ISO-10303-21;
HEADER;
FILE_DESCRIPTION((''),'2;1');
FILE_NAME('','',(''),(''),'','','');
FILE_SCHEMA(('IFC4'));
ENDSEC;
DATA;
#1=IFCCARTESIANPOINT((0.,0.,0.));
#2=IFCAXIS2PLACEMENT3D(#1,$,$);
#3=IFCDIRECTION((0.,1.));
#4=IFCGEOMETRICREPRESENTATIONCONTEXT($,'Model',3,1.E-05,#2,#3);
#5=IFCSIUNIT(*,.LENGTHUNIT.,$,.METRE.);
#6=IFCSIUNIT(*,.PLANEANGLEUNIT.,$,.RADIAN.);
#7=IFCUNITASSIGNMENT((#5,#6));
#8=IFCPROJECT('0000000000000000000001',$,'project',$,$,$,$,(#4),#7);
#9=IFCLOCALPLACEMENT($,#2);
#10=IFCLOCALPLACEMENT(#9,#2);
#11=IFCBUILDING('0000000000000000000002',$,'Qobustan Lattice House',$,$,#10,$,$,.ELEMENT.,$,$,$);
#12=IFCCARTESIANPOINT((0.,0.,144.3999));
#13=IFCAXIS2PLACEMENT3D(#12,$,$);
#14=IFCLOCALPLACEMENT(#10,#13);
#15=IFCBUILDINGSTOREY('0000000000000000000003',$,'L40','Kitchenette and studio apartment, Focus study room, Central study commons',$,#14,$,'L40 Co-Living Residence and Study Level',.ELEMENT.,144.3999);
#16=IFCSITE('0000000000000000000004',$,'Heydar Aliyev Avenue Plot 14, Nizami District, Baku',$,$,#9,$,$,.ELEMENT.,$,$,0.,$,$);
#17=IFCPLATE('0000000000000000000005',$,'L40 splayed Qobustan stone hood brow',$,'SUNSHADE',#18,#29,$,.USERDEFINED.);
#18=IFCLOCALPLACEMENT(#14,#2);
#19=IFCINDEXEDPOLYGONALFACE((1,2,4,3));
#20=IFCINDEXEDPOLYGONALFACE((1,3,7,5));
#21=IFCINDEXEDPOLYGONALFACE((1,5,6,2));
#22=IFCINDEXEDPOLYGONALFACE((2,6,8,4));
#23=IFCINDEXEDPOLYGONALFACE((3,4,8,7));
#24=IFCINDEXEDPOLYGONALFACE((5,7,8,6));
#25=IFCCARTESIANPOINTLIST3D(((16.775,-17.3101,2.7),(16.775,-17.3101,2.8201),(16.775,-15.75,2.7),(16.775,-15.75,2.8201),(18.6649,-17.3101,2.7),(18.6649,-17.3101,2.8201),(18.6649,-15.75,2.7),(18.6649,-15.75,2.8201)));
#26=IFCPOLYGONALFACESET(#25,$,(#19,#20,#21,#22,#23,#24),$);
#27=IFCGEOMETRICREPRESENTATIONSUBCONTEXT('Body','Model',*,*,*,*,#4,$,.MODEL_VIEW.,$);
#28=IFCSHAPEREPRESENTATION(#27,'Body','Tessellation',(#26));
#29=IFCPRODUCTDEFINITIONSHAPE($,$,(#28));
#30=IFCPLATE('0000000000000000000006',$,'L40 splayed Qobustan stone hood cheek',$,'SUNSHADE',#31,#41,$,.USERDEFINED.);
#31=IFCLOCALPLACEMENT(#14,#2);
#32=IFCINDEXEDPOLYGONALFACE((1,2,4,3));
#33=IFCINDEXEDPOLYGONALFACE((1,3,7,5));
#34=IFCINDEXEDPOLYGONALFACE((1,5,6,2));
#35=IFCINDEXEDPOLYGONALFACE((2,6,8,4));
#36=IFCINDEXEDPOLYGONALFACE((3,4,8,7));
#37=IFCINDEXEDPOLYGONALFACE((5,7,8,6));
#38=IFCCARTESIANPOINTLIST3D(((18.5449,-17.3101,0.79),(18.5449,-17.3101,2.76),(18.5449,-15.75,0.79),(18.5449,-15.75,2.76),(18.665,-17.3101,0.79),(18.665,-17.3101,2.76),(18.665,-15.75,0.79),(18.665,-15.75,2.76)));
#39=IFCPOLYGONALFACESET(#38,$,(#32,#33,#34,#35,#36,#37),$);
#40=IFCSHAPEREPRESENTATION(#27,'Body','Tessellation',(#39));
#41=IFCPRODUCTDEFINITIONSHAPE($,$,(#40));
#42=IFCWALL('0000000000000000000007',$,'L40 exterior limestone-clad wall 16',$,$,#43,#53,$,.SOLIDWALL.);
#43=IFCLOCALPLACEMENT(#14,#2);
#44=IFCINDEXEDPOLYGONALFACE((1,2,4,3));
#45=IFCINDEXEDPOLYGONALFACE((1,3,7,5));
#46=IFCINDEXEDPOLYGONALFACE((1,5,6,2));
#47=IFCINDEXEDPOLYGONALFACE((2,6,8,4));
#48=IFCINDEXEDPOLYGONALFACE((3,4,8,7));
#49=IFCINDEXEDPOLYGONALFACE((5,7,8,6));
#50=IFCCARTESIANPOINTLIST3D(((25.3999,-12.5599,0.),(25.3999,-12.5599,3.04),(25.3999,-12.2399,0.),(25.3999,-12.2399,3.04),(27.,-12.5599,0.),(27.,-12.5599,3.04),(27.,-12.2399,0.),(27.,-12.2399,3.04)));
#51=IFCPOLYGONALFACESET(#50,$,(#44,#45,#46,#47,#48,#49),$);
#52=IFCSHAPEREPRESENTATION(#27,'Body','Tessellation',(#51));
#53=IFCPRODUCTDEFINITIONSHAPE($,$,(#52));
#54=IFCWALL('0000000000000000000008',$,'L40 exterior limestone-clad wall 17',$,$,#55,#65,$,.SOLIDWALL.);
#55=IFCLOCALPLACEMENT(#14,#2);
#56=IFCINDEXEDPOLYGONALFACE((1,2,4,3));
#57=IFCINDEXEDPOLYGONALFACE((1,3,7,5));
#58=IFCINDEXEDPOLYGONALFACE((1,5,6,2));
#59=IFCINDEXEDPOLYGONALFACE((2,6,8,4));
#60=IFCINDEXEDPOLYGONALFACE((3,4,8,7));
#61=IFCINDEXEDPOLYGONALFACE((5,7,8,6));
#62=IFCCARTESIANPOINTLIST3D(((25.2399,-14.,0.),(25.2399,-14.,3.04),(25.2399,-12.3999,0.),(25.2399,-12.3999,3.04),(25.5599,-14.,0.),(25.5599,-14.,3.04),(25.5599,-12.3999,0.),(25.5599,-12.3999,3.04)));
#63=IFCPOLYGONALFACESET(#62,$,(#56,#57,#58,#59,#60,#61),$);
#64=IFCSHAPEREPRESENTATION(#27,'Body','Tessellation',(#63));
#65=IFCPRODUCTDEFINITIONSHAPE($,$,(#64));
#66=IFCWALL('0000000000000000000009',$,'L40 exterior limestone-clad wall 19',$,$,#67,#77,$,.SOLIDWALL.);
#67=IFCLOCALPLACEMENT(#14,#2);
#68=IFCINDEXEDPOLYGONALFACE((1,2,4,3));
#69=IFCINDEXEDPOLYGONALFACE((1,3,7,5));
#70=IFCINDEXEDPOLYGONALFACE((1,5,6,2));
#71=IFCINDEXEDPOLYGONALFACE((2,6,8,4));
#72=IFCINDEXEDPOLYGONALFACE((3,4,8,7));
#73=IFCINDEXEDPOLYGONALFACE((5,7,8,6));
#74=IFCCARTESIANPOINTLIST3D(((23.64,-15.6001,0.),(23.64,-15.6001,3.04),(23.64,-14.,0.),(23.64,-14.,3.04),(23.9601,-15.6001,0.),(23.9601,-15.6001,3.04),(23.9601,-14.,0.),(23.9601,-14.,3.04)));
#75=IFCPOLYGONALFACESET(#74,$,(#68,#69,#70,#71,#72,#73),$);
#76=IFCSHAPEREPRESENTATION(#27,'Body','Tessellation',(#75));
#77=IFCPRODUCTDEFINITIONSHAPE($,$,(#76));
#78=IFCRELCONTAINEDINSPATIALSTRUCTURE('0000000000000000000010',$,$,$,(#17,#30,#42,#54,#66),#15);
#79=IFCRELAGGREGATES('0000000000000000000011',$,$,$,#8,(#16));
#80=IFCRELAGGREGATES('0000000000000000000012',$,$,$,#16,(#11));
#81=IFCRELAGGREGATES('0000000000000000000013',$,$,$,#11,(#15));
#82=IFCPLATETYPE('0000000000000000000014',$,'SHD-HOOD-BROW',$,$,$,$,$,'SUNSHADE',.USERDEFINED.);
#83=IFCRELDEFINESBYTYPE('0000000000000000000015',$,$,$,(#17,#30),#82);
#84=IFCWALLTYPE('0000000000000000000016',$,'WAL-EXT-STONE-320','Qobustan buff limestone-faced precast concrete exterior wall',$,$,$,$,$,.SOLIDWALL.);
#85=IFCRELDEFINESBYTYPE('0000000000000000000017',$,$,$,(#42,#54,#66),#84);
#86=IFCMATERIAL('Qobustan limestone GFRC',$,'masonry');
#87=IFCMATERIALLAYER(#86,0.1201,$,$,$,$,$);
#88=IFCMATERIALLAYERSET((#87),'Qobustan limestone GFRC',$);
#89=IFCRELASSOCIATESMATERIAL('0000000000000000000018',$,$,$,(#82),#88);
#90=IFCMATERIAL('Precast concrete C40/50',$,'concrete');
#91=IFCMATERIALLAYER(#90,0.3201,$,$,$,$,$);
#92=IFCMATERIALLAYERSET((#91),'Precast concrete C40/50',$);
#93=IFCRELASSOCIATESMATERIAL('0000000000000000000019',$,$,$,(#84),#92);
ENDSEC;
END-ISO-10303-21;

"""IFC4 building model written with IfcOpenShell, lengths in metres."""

from ifc_helpers import new_model, si_unit, direction, frame, frame_2d, origin, origin_2d, place, context, subcontext, project, spatial, rectangle, extrude, material, layer, layer_set, type_object, element, save


model = new_model("IFC4")

# Units and contexts
model_context = context("Model", 3, precision=1e-05, world=origin(), true_north=direction((0.0, 1.0)))
body_context = subcontext(model_context, "Body", "Model", "MODEL_VIEW")
ifc_project = project(units=[si_unit("LENGTHUNIT", "METRE"), si_unit("PLANEANGLEUNIT", "RADIAN")], contexts=[model_context])

# Site, building, storey
site_placement = place(None, origin())
site = spatial("IfcSite", under=ifc_project, at=site_placement, Name="Heydar Aliyev Avenue Plot 14, Nizami District, Baku", CompositionType="ELEMENT", RefElevation=0.0)
building_placement = place(site_placement, origin())
building = spatial("IfcBuilding", under=site, at=building_placement, Name="Qobustan Lattice House", CompositionType="ELEMENT")
storey_placement = place(building_placement, frame((0.0, 0.0, 144.3999)))
storey = spatial("IfcBuildingStorey", under=building, at=storey_placement, Name="L40", Description="Kitchenette and studio apartment, Focus study room, Central study commons", LongName="L40 Co-Living Residence and Study Level", CompositionType="ELEMENT", Elevation=144.3999)

# Plates
ifc_material_1 = material(Name="Qobustan limestone GFRC", Category="masonry")
ifc_layer_1 = layer(ifc_material_1, 0.1201)
ifc_layer_set_1 = layer_set([ifc_layer_1], Name="Qobustan limestone GFRC")
plate_type_1 = type_object("IfcPlateType", Name="SHD-HOOD-BROW", ElementType="SUNSHADE", PredefinedType="USERDEFINED", material=ifc_layer_set_1)
plate_1_placement = place(storey_placement, frame((17.72, -16.53, 2.7), z_axis=(0.0, 0.0, 1.0), x_axis=(-1.0, 0.0, 0.0)))
element("IfcPlate", 1, at=plate_1_placement, inside=storey, type_object=plate_type_1, Name="L40 splayed Qobustan stone hood brow", ObjectType="SUNSHADE", PredefinedType="USERDEFINED", context=body_context, shape_type="SweptSolid", body=[
    extrude(rectangle(XDim=1.8899, YDim=1.5601, at=origin_2d()), origin(), (0.0, 0.0, 1.0), 0.1201),
])
plate_2_placement = place(storey_placement, frame((18.605, -16.53, 0.79), z_axis=(0.0, 0.0, 1.0), x_axis=(-1.0, 0.0, 0.0)))
element("IfcPlate", 2, at=plate_2_placement, inside=storey, type_object=plate_type_1, Name="L40 splayed Qobustan stone hood cheek", ObjectType="SUNSHADE", PredefinedType="USERDEFINED", context=body_context, shape_type="SweptSolid", body=[
    extrude(rectangle(XDim=0.1201, YDim=1.5601, at=origin_2d()), origin(), (0.0, 0.0, 1.0), 1.97),
])

# Walls
ifc_material_2 = material(Name="Precast concrete C40/50", Category="concrete")
ifc_layer_2 = layer(ifc_material_2, 0.3201)
ifc_layer_set_2 = layer_set([ifc_layer_2], Name="Precast concrete C40/50")
wall_type_1 = type_object("IfcWallType", Name="WAL-EXT-STONE-320", Description="Qobustan buff limestone-faced precast concrete exterior wall", PredefinedType="SOLIDWALL", material=ifc_layer_set_2)
for number, where, z_axis, x_axis, name in (
    (3, (27.0, -12.3999, 0.0), (0.0, 0.0, 1.0), (-1.0, 0.0, 0.0), "L40 exterior limestone-clad wall 16"),
    (4, (25.3999, -12.3999, 0.0), (0.0, 0.0, 1.0), (0.0, -1.0, 0.0), "L40 exterior limestone-clad wall 17"),
    (5, (23.8, -14.0, 0.0), (0.0, 0.0, 1.0), (0.0, -1.0, 0.0), "L40 exterior limestone-clad wall 19"),
):
    element("IfcWall", number, at=place(storey_placement, frame(where, z_axis=z_axis, x_axis=x_axis)), inside=storey, type_object=wall_type_1, Name=name, PredefinedType="SOLIDWALL", context=body_context, shape_type="SweptSolid", body=[
        extrude(rectangle(XDim=1.6001, YDim=0.3201, at=frame_2d((0.8, 0.0))), origin(), (0.0, 0.0, 1.0), 3.04),
    ])

save(model, "model.ifc")
